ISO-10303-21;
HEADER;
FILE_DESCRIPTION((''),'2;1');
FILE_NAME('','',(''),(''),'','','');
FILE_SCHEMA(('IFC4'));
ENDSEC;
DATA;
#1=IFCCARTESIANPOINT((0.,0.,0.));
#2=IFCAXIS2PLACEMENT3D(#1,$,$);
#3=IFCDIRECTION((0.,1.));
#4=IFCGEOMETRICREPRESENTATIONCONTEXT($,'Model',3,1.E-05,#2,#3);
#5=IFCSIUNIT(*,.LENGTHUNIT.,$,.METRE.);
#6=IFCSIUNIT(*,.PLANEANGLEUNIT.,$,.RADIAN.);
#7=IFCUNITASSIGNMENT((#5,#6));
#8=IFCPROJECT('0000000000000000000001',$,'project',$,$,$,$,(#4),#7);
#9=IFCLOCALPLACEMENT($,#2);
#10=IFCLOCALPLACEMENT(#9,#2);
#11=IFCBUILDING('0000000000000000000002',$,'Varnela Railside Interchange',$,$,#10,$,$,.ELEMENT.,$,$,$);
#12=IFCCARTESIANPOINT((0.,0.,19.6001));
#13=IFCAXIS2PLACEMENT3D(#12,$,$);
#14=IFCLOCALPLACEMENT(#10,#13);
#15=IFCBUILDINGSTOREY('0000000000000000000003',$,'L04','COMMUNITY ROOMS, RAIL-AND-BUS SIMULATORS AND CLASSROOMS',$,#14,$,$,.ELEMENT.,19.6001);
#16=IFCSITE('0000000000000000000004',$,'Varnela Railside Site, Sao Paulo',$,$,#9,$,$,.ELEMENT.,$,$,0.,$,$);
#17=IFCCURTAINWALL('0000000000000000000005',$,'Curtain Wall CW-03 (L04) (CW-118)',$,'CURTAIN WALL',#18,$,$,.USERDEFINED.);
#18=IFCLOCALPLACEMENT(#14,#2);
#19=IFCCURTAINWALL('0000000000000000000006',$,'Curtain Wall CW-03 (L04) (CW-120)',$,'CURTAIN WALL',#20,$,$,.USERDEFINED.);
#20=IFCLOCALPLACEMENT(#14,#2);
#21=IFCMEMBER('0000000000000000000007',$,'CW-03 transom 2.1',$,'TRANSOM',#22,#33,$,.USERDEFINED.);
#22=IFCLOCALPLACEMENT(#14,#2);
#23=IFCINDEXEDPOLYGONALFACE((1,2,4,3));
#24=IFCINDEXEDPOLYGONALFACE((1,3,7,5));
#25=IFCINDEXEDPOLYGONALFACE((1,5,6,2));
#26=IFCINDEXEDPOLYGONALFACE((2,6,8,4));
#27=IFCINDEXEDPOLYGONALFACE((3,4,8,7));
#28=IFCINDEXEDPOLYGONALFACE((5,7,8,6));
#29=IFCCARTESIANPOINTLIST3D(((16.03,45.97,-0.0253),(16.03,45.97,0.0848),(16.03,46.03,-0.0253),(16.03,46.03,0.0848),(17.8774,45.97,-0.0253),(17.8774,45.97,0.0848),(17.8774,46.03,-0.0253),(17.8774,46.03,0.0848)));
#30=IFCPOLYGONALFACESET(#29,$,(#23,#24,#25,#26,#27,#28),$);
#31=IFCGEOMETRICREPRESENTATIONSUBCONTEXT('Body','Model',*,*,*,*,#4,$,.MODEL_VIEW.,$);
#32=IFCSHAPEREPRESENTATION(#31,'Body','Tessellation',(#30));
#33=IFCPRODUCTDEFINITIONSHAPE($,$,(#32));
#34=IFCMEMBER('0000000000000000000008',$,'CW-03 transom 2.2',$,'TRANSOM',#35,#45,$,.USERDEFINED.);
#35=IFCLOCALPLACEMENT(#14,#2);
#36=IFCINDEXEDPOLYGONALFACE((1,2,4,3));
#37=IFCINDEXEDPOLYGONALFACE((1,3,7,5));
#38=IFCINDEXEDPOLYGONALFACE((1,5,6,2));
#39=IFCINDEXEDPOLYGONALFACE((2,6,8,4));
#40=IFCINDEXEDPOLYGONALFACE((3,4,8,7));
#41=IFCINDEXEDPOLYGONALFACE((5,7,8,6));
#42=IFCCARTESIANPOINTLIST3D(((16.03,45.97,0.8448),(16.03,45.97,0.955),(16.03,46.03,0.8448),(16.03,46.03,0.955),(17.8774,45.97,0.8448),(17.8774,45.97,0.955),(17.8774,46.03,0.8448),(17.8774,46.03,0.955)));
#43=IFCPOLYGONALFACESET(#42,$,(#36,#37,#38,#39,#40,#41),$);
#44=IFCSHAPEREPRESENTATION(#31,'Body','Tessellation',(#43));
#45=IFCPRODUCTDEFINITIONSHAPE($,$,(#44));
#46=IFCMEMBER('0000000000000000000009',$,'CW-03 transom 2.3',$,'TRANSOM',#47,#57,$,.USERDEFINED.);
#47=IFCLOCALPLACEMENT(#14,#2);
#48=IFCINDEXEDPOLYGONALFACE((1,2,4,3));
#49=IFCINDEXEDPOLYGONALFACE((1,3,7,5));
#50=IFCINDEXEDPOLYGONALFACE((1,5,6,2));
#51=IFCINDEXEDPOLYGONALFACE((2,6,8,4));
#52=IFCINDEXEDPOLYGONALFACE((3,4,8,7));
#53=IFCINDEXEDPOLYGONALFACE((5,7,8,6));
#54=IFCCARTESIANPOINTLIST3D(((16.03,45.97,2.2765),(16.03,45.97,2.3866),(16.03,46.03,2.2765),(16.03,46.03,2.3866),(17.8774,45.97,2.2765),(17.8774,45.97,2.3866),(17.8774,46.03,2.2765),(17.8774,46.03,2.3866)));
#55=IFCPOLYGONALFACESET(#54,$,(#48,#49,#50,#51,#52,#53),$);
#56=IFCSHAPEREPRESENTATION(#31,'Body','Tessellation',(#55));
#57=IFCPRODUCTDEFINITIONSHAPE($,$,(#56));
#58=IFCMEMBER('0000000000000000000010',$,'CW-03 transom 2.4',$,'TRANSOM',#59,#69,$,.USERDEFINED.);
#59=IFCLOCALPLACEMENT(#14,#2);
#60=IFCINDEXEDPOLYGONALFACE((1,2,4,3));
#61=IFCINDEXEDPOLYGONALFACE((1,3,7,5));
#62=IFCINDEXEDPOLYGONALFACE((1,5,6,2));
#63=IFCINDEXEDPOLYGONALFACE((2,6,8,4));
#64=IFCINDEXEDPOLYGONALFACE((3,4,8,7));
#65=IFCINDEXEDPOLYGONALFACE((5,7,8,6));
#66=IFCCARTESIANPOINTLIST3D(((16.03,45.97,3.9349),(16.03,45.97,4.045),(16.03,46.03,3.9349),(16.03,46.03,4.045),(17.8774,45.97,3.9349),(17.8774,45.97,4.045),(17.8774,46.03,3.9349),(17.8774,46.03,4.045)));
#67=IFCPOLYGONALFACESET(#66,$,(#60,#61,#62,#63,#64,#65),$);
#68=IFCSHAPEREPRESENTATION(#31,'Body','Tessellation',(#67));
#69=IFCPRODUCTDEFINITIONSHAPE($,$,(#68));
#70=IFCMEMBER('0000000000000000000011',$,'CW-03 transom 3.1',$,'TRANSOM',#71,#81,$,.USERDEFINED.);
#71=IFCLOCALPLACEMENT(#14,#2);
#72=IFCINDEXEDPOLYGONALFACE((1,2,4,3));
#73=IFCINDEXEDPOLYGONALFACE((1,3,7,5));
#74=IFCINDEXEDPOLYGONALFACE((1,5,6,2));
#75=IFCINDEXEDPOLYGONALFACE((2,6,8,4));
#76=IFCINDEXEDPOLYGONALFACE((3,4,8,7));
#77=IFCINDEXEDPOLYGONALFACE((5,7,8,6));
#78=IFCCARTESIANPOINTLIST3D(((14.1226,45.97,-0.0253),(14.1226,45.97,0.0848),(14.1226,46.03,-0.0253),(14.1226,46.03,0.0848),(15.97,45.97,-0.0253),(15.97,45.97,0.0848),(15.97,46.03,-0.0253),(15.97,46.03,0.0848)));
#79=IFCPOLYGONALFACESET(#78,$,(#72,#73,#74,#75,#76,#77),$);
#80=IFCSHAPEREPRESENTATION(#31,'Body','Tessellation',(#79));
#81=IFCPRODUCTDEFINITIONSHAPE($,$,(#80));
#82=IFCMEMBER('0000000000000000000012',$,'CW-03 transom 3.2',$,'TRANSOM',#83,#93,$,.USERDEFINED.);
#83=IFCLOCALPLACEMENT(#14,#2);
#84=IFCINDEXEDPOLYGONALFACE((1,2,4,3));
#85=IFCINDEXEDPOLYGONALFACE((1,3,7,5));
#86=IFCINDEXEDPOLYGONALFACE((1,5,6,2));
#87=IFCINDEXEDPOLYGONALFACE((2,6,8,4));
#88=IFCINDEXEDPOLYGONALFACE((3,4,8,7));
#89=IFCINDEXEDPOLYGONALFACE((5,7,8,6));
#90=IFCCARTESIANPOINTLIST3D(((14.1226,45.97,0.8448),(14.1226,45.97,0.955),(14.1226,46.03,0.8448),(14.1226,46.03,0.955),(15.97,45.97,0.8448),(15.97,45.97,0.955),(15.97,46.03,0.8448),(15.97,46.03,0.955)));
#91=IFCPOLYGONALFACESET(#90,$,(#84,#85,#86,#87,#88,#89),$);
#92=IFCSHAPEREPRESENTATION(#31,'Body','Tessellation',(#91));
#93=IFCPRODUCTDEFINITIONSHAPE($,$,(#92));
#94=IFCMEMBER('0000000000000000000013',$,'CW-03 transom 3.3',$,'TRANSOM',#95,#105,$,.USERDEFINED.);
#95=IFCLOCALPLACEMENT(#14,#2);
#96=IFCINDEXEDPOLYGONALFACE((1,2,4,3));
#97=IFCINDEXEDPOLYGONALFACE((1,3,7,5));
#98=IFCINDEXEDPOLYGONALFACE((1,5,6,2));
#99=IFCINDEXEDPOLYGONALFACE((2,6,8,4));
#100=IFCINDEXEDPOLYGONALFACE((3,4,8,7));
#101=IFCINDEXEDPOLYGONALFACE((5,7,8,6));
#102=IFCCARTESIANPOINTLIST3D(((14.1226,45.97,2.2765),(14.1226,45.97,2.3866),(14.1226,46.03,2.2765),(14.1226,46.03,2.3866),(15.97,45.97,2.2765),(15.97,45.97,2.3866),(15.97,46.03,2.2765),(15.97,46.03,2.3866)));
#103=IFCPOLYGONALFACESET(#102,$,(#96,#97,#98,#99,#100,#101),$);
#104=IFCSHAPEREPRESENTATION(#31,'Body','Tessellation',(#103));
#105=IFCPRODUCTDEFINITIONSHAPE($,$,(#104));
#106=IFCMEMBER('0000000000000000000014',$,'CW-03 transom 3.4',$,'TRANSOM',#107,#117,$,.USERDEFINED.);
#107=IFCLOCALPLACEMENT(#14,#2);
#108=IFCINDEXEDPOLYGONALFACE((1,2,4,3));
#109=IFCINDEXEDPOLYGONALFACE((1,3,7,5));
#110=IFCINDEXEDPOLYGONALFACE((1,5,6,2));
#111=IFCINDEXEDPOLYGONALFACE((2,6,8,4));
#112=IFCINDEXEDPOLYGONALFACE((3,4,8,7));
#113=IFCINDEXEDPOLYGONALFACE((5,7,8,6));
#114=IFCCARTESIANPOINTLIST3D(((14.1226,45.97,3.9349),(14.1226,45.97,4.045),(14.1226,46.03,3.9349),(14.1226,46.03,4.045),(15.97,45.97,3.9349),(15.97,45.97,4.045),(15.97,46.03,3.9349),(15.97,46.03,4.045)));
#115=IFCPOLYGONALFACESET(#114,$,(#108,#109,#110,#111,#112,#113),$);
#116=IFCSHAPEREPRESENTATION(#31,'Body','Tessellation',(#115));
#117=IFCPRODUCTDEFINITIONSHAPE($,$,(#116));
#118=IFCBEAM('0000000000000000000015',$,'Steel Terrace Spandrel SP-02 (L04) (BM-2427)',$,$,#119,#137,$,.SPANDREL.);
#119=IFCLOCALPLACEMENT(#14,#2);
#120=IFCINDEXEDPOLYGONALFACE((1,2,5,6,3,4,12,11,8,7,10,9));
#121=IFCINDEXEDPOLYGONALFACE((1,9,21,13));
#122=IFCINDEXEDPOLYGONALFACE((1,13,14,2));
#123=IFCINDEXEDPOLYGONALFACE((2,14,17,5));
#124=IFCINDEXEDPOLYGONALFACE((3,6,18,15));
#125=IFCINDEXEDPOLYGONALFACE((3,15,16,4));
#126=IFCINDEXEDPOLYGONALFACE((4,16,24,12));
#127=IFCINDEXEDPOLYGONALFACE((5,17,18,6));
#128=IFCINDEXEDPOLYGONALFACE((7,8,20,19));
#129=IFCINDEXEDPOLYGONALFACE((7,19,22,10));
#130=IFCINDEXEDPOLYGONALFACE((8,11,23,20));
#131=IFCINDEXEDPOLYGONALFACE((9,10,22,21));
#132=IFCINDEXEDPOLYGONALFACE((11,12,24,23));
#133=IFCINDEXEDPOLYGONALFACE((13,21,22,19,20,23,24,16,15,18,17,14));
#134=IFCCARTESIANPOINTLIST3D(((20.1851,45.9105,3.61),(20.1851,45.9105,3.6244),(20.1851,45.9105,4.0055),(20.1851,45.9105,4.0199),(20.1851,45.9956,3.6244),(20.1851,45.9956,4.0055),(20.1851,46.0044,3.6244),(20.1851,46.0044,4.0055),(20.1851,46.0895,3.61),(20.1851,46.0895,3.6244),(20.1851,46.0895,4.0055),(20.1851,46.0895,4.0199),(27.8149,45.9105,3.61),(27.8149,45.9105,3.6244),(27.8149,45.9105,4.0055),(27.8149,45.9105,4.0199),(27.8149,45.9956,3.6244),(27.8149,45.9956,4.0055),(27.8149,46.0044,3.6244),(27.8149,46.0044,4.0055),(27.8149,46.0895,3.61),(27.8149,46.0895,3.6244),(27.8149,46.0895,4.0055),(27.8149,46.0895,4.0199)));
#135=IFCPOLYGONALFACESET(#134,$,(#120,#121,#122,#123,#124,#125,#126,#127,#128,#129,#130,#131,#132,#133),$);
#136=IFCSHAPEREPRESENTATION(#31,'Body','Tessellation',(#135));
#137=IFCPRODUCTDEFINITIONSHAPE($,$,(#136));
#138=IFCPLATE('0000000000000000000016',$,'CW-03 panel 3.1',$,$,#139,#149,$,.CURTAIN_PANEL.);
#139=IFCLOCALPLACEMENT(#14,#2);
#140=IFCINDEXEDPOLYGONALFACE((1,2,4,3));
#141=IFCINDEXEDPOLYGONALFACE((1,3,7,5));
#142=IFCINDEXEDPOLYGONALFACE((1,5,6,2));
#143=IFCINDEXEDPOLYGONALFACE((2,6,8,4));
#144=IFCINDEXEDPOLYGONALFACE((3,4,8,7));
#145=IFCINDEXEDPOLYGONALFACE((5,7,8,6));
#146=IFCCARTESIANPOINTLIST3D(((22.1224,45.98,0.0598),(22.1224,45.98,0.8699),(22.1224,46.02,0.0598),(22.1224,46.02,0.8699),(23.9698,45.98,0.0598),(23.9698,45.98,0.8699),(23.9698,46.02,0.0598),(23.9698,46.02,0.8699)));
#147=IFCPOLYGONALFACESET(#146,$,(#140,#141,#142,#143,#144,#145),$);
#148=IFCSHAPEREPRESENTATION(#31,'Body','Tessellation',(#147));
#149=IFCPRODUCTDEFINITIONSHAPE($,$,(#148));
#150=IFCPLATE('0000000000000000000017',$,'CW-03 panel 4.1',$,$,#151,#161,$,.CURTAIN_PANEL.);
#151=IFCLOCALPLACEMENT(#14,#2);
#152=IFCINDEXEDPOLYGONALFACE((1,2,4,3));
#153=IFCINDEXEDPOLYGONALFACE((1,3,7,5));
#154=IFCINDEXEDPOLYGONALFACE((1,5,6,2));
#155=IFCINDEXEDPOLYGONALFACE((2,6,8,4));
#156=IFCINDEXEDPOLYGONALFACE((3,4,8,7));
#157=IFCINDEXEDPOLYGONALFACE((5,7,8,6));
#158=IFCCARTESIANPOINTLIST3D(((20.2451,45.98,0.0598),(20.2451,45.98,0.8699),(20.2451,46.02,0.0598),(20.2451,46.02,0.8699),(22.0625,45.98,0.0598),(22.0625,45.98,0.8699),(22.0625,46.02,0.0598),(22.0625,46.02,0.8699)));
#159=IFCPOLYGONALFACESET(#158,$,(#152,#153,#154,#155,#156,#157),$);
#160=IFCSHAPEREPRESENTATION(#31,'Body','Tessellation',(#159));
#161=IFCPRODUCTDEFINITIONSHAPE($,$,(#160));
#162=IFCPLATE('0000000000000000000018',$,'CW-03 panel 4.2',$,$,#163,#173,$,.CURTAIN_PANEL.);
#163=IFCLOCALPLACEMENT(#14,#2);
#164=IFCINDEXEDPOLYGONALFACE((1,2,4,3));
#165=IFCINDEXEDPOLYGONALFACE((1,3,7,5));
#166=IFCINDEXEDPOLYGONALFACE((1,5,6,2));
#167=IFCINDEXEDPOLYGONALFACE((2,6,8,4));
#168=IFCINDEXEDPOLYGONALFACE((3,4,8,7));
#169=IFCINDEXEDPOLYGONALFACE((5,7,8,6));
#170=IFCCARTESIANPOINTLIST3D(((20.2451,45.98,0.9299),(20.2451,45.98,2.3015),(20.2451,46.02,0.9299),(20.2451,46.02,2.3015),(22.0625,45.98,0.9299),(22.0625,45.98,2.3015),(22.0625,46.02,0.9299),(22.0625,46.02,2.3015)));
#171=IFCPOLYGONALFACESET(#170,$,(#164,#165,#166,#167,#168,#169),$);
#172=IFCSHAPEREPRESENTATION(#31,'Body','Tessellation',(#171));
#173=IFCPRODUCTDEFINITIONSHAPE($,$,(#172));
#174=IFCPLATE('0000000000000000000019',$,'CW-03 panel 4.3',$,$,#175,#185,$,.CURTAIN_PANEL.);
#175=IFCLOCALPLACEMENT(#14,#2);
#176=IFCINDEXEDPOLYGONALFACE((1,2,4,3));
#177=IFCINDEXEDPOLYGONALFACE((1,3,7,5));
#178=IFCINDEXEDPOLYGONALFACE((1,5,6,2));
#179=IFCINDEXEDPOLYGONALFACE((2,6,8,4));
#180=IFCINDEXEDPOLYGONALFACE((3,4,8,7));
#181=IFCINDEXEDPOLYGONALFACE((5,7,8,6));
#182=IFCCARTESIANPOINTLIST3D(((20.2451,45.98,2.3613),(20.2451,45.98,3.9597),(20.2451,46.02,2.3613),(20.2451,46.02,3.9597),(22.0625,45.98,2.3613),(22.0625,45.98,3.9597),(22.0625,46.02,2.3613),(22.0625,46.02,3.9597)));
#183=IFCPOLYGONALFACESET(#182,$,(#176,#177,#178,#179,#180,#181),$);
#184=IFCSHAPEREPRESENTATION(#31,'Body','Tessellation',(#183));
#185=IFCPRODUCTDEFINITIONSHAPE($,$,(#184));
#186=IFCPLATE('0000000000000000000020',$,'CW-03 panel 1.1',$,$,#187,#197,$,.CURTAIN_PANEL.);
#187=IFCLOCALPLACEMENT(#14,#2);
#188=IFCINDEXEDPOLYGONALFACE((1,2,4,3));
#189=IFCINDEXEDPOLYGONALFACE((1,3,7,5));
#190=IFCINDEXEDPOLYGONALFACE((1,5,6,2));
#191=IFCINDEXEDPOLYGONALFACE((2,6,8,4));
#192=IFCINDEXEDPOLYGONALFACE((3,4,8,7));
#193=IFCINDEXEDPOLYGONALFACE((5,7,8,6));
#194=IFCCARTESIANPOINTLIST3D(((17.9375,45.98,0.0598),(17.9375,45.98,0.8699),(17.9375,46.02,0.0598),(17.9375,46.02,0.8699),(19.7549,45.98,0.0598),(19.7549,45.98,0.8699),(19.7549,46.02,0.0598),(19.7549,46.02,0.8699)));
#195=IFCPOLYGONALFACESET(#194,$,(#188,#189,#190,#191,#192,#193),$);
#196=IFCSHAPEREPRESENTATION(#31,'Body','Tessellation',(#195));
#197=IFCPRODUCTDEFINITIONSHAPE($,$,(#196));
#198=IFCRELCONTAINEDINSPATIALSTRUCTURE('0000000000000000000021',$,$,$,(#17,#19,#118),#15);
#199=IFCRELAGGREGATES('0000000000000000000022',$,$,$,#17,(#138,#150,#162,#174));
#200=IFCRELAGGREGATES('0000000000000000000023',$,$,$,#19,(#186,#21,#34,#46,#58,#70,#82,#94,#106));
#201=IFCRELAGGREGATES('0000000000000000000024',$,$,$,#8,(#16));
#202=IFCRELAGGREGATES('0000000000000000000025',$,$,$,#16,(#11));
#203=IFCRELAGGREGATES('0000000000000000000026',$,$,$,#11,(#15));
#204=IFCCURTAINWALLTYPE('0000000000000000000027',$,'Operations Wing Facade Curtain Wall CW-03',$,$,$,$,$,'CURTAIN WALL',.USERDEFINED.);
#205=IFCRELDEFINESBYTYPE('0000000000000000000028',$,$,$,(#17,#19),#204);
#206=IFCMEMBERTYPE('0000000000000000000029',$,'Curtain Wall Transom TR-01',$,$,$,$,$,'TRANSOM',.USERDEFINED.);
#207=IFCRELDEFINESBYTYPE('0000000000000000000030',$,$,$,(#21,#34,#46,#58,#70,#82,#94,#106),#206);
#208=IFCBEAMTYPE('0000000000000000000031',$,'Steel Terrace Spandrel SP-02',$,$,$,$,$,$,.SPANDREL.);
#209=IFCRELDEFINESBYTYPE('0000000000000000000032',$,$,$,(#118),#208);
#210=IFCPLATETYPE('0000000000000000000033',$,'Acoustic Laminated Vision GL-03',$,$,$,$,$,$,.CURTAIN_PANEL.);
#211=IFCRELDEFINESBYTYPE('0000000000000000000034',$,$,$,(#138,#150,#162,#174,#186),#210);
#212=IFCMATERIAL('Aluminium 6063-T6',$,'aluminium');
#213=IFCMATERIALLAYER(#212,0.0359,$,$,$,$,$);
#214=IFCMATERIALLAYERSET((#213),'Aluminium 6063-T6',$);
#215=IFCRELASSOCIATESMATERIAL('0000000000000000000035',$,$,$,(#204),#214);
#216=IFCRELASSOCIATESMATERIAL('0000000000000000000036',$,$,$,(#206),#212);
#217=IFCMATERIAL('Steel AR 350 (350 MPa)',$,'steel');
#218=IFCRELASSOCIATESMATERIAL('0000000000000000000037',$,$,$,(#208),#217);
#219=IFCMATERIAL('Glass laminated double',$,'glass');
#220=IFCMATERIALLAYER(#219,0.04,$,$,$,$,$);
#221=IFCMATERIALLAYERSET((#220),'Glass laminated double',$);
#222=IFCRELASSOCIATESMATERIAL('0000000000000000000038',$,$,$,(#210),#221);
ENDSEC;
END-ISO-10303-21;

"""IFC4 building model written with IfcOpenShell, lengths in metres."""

from ifc_helpers import new_model, si_unit, direction, frame, origin, origin_2d, place, context, subcontext, project, spatial, rectangle, i_section, extrude, material, layer, layer_set, material_profile, profile_set, type_object, element, aggregate, save


model = new_model("IFC4")

# Units and contexts
model_context = context("Model", 3, precision=1e-05, world=origin(), true_north=direction((0.0, 1.0)))
body_context = subcontext(model_context, "Body", "Model", "MODEL_VIEW")
ifc_project = project(units=[si_unit("LENGTHUNIT", "METRE"), si_unit("PLANEANGLEUNIT", "RADIAN")], contexts=[model_context])

# Site, building, storey
site_placement = place(None, origin())
site = spatial("IfcSite", under=ifc_project, at=site_placement, Name="Varnela Railside Site, Sao Paulo", CompositionType="ELEMENT", RefElevation=0.0)
building_placement = place(site_placement, origin())
building = spatial("IfcBuilding", under=site, at=building_placement, Name="Varnela Railside Interchange", CompositionType="ELEMENT")
storey_placement = place(building_placement, frame((0.0, 0.0, 19.6001)))
storey = spatial("IfcBuildingStorey", under=building, at=storey_placement, Name="L04", Description="COMMUNITY ROOMS, RAIL-AND-BUS SIMULATORS AND CLASSROOMS", CompositionType="ELEMENT", Elevation=19.6001)

# Shared definitions
ifc_material_1 = material(Name="Steel AR 350 (350 MPa)", Category="steel")

# Curtain walls
ifc_material_2 = material(Name="Aluminium 6063-T6", Category="aluminium")
ifc_layer_1 = layer(ifc_material_2, 0.0359)
ifc_layer_set_1 = layer_set([ifc_layer_1], Name="Aluminium 6063-T6")
curtain_wall_type = type_object("IfcCurtainWallType", Name="Operations Wing Facade Curtain Wall CW-03", ElementType="CURTAIN WALL", PredefinedType="USERDEFINED", material=ifc_layer_set_1)
curtain_wall_1_placement = place(storey_placement, origin())
curtain_wall_1 = element("IfcCurtainWall", 1, at=curtain_wall_1_placement, inside=storey, type_object=curtain_wall_type, Name="Curtain Wall CW-03 (L04) (CW-118)", ObjectType="CURTAIN WALL", PredefinedType="USERDEFINED")
curtain_wall_2_placement = place(storey_placement, origin())
curtain_wall_2 = element("IfcCurtainWall", 2, at=curtain_wall_2_placement, inside=storey, type_object=curtain_wall_type, Name="Curtain Wall CW-03 (L04) (CW-120)", ObjectType="CURTAIN WALL", PredefinedType="USERDEFINED")

# Members
ifc_material_profile_1 = material_profile(ifc_material_2, rectangle(XDim=0.0601, YDim=0.1101, at=origin_2d()), Name="ALU 60x110")
ifc_profile_set_1 = profile_set([ifc_material_profile_1], Name="Aluminium 6063-T6")
member_type_1 = type_object("IfcMemberType", Name="Curtain Wall Transom TR-01", ElementType="TRANSOM", PredefinedType="USERDEFINED", material=ifc_profile_set_1)
member_1_placement = place(storey_placement, frame((17.8774, 46.0, 0.0298), z_axis=(-1.0, 0.0, 0.0), x_axis=(0.0, -1.0, 0.0)))
member_1 = element("IfcMember", 3, at=member_1_placement, type_object=member_type_1, Name="CW-03 transom 2.1", ObjectType="TRANSOM", PredefinedType="USERDEFINED", context=body_context, shape_type="SweptSolid", body=[
    extrude(rectangle(XDim=0.0601, YDim=0.1101, at=origin_2d()), origin(), (0.0, 0.0, 1.0), 1.8474),
])
member_2_placement = place(storey_placement, frame((17.8774, 46.0, 0.8999), z_axis=(-1.0, 0.0, 0.0), x_axis=(0.0, -1.0, 0.0)))
member_2 = element("IfcMember", 4, at=member_2_placement, type_object=member_type_1, Name="CW-03 transom 2.2", ObjectType="TRANSOM", PredefinedType="USERDEFINED", context=body_context, shape_type="SweptSolid", body=[
    extrude(rectangle(XDim=0.0601, YDim=0.1101, at=origin_2d()), origin(), (0.0, 0.0, 1.0), 1.8474),
])
member_3_placement = place(storey_placement, frame((17.8774, 46.0, 2.3315), z_axis=(-1.0, 0.0, 0.0), x_axis=(0.0, -1.0, 0.0)))
member_3 = element("IfcMember", 5, at=member_3_placement, type_object=member_type_1, Name="CW-03 transom 2.3", ObjectType="TRANSOM", PredefinedType="USERDEFINED", context=body_context, shape_type="SweptSolid", body=[
    extrude(rectangle(XDim=0.0601, YDim=0.1101, at=origin_2d()), origin(), (0.0, 0.0, 1.0), 1.8474),
])
member_4_placement = place(storey_placement, frame((17.8774, 46.0, 3.99), z_axis=(-1.0, 0.0, 0.0), x_axis=(0.0, -1.0, 0.0)))
member_4 = element("IfcMember", 6, at=member_4_placement, type_object=member_type_1, Name="CW-03 transom 2.4", ObjectType="TRANSOM", PredefinedType="USERDEFINED", context=body_context, shape_type="SweptSolid", body=[
    extrude(rectangle(XDim=0.0601, YDim=0.1101, at=origin_2d()), origin(), (0.0, 0.0, 1.0), 1.8474),
])
member_5_placement = place(storey_placement, frame((15.97, 46.0, 0.0298), z_axis=(-1.0, 0.0, 0.0), x_axis=(0.0, -1.0, 0.0)))
member_5 = element("IfcMember", 7, at=member_5_placement, type_object=member_type_1, Name="CW-03 transom 3.1", ObjectType="TRANSOM", PredefinedType="USERDEFINED", context=body_context, shape_type="SweptSolid", body=[
    extrude(rectangle(XDim=0.0601, YDim=0.1101, at=origin_2d()), origin(), (0.0, 0.0, 1.0), 1.8474),
])
member_6_placement = place(storey_placement, frame((15.97, 46.0, 0.8999), z_axis=(-1.0, 0.0, 0.0), x_axis=(0.0, -1.0, 0.0)))
member_6 = element("IfcMember", 8, at=member_6_placement, type_object=member_type_1, Name="CW-03 transom 3.2", ObjectType="TRANSOM", PredefinedType="USERDEFINED", context=body_context, shape_type="SweptSolid", body=[
    extrude(rectangle(XDim=0.0601, YDim=0.1101, at=origin_2d()), origin(), (0.0, 0.0, 1.0), 1.8474),
])
member_7_placement = place(storey_placement, frame((15.97, 46.0, 2.3315), z_axis=(-1.0, 0.0, 0.0), x_axis=(0.0, -1.0, 0.0)))
member_7 = element("IfcMember", 9, at=member_7_placement, type_object=member_type_1, Name="CW-03 transom 3.3", ObjectType="TRANSOM", PredefinedType="USERDEFINED", context=body_context, shape_type="SweptSolid", body=[
    extrude(rectangle(XDim=0.0601, YDim=0.1101, at=origin_2d()), origin(), (0.0, 0.0, 1.0), 1.8474),
])
member_8_placement = place(storey_placement, frame((15.97, 46.0, 3.99), z_axis=(-1.0, 0.0, 0.0), x_axis=(0.0, -1.0, 0.0)))
member_8 = element("IfcMember", 10, at=member_8_placement, type_object=member_type_1, Name="CW-03 transom 3.4", ObjectType="TRANSOM", PredefinedType="USERDEFINED", context=body_context, shape_type="SweptSolid", body=[
    extrude(rectangle(XDim=0.0601, YDim=0.1101, at=origin_2d()), origin(), (0.0, 0.0, 1.0), 1.8474),
])

# Beam
ifc_material_profile_2 = material_profile(ifc_material_1, i_section(OverallWidth=0.179, OverallDepth=0.4099, WebThickness=0.0088, FlangeThickness=0.0144, at=origin_2d()), Name="W410x67")
ifc_profile_set_2 = profile_set([ifc_material_profile_2], Name="Steel AR 350 (350 MPa)")
beam_type = type_object("IfcBeamType", Name="Steel Terrace Spandrel SP-02", PredefinedType="SPANDREL", material=ifc_profile_set_2)
beam_placement = place(storey_placement, frame((20.1851, 46.0, 3.8149), z_axis=(1.0, 0.0, 0.0), x_axis=(0.0, 1.0, 0.0)))
element("IfcBeam", 11, at=beam_placement, inside=storey, type_object=beam_type, Name="Steel Terrace Spandrel SP-02 (L04) (BM-2427)", PredefinedType="SPANDREL", context=body_context, shape_type="SweptSolid", body=[
    extrude(i_section(OverallWidth=0.179, OverallDepth=0.4099, WebThickness=0.0088, FlangeThickness=0.0144, at=origin_2d()), origin(), (0.0, 0.0, 1.0), 7.6299),
])

# Plates
ifc_material_3 = material(Name="Glass laminated double", Category="glass")
ifc_layer_2 = layer(ifc_material_3, 0.04)
ifc_layer_set_2 = layer_set([ifc_layer_2], Name="Glass laminated double")
plate_type = type_object("IfcPlateType", Name="Acoustic Laminated Vision GL-03", PredefinedType="CURTAIN_PANEL", material=ifc_layer_set_2)
plate_1_placement = place(storey_placement, frame((23.0461, 46.0, 0.0598), z_axis=(0.0, 0.0, 1.0), x_axis=(-1.0, 0.0, 0.0)))
plate_1 = element("IfcPlate", 12, at=plate_1_placement, type_object=plate_type, Name="CW-03 panel 3.1", PredefinedType="CURTAIN_PANEL", context=body_context, shape_type="SweptSolid", body=[
    extrude(rectangle(XDim=1.8474, YDim=0.04, at=origin_2d()), origin(), (0.0, 0.0, 1.0), 0.8101),
])
plate_2_placement = place(storey_placement, frame((21.1538, 46.0, 0.0598), z_axis=(0.0, 0.0, 1.0), x_axis=(-1.0, 0.0, 0.0)))
plate_2 = element("IfcPlate", 13, at=plate_2_placement, type_object=plate_type, Name="CW-03 panel 4.1", PredefinedType="CURTAIN_PANEL", context=body_context, shape_type="SweptSolid", body=[
    extrude(rectangle(XDim=1.8174, YDim=0.04, at=origin_2d()), origin(), (0.0, 0.0, 1.0), 0.8101),
])
plate_3_placement = place(storey_placement, frame((21.1538, 46.0, 0.9299), z_axis=(0.0, 0.0, 1.0), x_axis=(-1.0, 0.0, 0.0)))
plate_3 = element("IfcPlate", 14, at=plate_3_placement, type_object=plate_type, Name="CW-03 panel 4.2", PredefinedType="CURTAIN_PANEL", context=body_context, shape_type="SweptSolid", body=[
    extrude(rectangle(XDim=1.8174, YDim=0.04, at=origin_2d()), origin(), (0.0, 0.0, 1.0), 1.3716),
])
plate_4_placement = place(storey_placement, frame((21.1538, 46.0, 2.3613), z_axis=(0.0, 0.0, 1.0), x_axis=(-1.0, 0.0, 0.0)))
plate_4 = element("IfcPlate", 15, at=plate_4_placement, type_object=plate_type, Name="CW-03 panel 4.3", PredefinedType="CURTAIN_PANEL", context=body_context, shape_type="SweptSolid", body=[
    extrude(rectangle(XDim=1.8174, YDim=0.04, at=origin_2d()), origin(), (0.0, 0.0, 1.0), 1.5984),
])
aggregate(curtain_wall_1, [plate_1, plate_2, plate_3, plate_4])
plate_5_placement = place(storey_placement, frame((18.8462, 46.0, 0.0598), z_axis=(0.0, 0.0, 1.0), x_axis=(-1.0, 0.0, 0.0)))
plate_5 = element("IfcPlate", 16, at=plate_5_placement, type_object=plate_type, Name="CW-03 panel 1.1", PredefinedType="CURTAIN_PANEL", context=body_context, shape_type="SweptSolid", body=[
    extrude(rectangle(XDim=1.8174, YDim=0.04, at=origin_2d()), origin(), (0.0, 0.0, 1.0), 0.8101),
])
aggregate(curtain_wall_2, [plate_5, member_1, member_2, member_3, member_4, member_5, member_6, member_7, member_8])

save(model, "model.ifc")
